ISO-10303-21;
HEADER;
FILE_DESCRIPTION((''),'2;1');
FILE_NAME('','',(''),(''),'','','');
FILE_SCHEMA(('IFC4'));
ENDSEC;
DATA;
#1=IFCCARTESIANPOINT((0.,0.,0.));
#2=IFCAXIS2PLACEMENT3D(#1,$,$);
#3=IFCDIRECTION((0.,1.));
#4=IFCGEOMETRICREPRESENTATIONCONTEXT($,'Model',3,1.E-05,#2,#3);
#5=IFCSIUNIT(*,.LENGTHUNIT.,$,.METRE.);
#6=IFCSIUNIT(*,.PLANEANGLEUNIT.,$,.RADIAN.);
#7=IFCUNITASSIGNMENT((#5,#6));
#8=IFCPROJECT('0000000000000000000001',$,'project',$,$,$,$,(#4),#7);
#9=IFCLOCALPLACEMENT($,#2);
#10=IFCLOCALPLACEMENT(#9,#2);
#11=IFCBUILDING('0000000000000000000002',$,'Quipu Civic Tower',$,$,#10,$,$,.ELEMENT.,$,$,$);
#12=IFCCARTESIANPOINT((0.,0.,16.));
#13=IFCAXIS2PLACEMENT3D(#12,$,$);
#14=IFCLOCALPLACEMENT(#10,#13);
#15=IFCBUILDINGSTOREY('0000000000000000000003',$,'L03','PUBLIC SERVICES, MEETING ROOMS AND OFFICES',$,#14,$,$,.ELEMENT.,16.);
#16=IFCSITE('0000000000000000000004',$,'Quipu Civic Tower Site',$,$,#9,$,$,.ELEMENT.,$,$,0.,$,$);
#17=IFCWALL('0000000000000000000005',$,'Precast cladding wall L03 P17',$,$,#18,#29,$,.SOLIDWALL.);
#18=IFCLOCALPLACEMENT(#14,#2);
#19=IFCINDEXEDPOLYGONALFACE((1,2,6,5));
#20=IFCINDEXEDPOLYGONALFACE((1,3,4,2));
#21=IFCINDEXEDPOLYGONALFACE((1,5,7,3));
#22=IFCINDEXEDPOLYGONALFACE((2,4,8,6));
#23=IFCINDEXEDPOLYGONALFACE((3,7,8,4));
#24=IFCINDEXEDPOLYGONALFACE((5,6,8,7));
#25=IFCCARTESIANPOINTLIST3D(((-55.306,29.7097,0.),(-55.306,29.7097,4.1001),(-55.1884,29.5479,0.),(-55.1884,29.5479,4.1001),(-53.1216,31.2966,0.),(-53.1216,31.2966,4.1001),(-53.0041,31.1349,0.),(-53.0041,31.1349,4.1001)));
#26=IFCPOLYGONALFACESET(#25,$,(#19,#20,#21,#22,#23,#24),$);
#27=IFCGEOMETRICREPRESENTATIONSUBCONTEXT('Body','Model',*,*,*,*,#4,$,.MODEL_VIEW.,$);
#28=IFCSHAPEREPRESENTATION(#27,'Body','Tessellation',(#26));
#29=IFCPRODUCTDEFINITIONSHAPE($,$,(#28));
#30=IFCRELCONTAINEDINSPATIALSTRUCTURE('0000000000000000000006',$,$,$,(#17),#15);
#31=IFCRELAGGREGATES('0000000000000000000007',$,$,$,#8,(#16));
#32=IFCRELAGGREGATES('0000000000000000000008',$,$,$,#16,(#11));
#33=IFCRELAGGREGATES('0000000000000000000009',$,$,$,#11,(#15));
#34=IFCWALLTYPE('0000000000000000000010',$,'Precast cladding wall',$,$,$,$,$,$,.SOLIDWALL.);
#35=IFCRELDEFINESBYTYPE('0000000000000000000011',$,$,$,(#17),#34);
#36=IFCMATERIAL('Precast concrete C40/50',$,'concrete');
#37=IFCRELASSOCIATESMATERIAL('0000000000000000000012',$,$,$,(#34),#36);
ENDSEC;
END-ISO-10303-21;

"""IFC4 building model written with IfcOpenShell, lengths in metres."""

from ifc_helpers import new_model, si_unit, direction, frame, frame_2d, origin, place, context, subcontext, project, spatial, rectangle, extrude, material, type_object, element, save


model = new_model("IFC4")

# Units and contexts
model_context = context("Model", 3, precision=1e-05, world=origin(), true_north=direction((0.0, 1.0)))
body_context = subcontext(model_context, "Body", "Model", "MODEL_VIEW")
ifc_project = project(units=[si_unit("LENGTHUNIT", "METRE"), si_unit("PLANEANGLEUNIT", "RADIAN")], contexts=[model_context])

# Site, building, storey
site_placement = place(None, origin())
site = spatial("IfcSite", under=ifc_project, at=site_placement, Name="Quipu Civic Tower Site", CompositionType="ELEMENT", RefElevation=0.0)
building_placement = place(site_placement, origin())
building = spatial("IfcBuilding", under=site, at=building_placement, Name="Quipu Civic Tower", CompositionType="ELEMENT")
storey_placement = place(building_placement, frame((0.0, 0.0, 16.0)))
storey = spatial("IfcBuildingStorey", under=building, at=storey_placement, Name="L03", Description="PUBLIC SERVICES, MEETING ROOMS AND OFFICES", CompositionType="ELEMENT", Elevation=16.0)

# Wall
ifc_material_1 = material(Name="Precast concrete C40/50", Category="concrete")
wall_type = type_object("IfcWallType", Name="Precast cladding wall", PredefinedType="SOLIDWALL", material=ifc_material_1)
wall_placement = place(storey_placement, frame((-53.0627, 31.2158, 0.0), z_axis=(0.0, 0.0, 1.0), x_axis=(-0.809033, -0.587763, 0.0)))
element("IfcWall", 1, at=wall_placement, inside=storey, type_object=wall_type, Name="Precast cladding wall L03 P17", PredefinedType="SOLIDWALL", context=body_context, shape_type="SweptSolid", body=[
    extrude(rectangle(XDim=2.7, YDim=0.2, at=frame_2d((1.3501, 0.0))), origin(), (0.0, 0.0, 1.0), 4.1001),
])

save(model, "model.ifc")
